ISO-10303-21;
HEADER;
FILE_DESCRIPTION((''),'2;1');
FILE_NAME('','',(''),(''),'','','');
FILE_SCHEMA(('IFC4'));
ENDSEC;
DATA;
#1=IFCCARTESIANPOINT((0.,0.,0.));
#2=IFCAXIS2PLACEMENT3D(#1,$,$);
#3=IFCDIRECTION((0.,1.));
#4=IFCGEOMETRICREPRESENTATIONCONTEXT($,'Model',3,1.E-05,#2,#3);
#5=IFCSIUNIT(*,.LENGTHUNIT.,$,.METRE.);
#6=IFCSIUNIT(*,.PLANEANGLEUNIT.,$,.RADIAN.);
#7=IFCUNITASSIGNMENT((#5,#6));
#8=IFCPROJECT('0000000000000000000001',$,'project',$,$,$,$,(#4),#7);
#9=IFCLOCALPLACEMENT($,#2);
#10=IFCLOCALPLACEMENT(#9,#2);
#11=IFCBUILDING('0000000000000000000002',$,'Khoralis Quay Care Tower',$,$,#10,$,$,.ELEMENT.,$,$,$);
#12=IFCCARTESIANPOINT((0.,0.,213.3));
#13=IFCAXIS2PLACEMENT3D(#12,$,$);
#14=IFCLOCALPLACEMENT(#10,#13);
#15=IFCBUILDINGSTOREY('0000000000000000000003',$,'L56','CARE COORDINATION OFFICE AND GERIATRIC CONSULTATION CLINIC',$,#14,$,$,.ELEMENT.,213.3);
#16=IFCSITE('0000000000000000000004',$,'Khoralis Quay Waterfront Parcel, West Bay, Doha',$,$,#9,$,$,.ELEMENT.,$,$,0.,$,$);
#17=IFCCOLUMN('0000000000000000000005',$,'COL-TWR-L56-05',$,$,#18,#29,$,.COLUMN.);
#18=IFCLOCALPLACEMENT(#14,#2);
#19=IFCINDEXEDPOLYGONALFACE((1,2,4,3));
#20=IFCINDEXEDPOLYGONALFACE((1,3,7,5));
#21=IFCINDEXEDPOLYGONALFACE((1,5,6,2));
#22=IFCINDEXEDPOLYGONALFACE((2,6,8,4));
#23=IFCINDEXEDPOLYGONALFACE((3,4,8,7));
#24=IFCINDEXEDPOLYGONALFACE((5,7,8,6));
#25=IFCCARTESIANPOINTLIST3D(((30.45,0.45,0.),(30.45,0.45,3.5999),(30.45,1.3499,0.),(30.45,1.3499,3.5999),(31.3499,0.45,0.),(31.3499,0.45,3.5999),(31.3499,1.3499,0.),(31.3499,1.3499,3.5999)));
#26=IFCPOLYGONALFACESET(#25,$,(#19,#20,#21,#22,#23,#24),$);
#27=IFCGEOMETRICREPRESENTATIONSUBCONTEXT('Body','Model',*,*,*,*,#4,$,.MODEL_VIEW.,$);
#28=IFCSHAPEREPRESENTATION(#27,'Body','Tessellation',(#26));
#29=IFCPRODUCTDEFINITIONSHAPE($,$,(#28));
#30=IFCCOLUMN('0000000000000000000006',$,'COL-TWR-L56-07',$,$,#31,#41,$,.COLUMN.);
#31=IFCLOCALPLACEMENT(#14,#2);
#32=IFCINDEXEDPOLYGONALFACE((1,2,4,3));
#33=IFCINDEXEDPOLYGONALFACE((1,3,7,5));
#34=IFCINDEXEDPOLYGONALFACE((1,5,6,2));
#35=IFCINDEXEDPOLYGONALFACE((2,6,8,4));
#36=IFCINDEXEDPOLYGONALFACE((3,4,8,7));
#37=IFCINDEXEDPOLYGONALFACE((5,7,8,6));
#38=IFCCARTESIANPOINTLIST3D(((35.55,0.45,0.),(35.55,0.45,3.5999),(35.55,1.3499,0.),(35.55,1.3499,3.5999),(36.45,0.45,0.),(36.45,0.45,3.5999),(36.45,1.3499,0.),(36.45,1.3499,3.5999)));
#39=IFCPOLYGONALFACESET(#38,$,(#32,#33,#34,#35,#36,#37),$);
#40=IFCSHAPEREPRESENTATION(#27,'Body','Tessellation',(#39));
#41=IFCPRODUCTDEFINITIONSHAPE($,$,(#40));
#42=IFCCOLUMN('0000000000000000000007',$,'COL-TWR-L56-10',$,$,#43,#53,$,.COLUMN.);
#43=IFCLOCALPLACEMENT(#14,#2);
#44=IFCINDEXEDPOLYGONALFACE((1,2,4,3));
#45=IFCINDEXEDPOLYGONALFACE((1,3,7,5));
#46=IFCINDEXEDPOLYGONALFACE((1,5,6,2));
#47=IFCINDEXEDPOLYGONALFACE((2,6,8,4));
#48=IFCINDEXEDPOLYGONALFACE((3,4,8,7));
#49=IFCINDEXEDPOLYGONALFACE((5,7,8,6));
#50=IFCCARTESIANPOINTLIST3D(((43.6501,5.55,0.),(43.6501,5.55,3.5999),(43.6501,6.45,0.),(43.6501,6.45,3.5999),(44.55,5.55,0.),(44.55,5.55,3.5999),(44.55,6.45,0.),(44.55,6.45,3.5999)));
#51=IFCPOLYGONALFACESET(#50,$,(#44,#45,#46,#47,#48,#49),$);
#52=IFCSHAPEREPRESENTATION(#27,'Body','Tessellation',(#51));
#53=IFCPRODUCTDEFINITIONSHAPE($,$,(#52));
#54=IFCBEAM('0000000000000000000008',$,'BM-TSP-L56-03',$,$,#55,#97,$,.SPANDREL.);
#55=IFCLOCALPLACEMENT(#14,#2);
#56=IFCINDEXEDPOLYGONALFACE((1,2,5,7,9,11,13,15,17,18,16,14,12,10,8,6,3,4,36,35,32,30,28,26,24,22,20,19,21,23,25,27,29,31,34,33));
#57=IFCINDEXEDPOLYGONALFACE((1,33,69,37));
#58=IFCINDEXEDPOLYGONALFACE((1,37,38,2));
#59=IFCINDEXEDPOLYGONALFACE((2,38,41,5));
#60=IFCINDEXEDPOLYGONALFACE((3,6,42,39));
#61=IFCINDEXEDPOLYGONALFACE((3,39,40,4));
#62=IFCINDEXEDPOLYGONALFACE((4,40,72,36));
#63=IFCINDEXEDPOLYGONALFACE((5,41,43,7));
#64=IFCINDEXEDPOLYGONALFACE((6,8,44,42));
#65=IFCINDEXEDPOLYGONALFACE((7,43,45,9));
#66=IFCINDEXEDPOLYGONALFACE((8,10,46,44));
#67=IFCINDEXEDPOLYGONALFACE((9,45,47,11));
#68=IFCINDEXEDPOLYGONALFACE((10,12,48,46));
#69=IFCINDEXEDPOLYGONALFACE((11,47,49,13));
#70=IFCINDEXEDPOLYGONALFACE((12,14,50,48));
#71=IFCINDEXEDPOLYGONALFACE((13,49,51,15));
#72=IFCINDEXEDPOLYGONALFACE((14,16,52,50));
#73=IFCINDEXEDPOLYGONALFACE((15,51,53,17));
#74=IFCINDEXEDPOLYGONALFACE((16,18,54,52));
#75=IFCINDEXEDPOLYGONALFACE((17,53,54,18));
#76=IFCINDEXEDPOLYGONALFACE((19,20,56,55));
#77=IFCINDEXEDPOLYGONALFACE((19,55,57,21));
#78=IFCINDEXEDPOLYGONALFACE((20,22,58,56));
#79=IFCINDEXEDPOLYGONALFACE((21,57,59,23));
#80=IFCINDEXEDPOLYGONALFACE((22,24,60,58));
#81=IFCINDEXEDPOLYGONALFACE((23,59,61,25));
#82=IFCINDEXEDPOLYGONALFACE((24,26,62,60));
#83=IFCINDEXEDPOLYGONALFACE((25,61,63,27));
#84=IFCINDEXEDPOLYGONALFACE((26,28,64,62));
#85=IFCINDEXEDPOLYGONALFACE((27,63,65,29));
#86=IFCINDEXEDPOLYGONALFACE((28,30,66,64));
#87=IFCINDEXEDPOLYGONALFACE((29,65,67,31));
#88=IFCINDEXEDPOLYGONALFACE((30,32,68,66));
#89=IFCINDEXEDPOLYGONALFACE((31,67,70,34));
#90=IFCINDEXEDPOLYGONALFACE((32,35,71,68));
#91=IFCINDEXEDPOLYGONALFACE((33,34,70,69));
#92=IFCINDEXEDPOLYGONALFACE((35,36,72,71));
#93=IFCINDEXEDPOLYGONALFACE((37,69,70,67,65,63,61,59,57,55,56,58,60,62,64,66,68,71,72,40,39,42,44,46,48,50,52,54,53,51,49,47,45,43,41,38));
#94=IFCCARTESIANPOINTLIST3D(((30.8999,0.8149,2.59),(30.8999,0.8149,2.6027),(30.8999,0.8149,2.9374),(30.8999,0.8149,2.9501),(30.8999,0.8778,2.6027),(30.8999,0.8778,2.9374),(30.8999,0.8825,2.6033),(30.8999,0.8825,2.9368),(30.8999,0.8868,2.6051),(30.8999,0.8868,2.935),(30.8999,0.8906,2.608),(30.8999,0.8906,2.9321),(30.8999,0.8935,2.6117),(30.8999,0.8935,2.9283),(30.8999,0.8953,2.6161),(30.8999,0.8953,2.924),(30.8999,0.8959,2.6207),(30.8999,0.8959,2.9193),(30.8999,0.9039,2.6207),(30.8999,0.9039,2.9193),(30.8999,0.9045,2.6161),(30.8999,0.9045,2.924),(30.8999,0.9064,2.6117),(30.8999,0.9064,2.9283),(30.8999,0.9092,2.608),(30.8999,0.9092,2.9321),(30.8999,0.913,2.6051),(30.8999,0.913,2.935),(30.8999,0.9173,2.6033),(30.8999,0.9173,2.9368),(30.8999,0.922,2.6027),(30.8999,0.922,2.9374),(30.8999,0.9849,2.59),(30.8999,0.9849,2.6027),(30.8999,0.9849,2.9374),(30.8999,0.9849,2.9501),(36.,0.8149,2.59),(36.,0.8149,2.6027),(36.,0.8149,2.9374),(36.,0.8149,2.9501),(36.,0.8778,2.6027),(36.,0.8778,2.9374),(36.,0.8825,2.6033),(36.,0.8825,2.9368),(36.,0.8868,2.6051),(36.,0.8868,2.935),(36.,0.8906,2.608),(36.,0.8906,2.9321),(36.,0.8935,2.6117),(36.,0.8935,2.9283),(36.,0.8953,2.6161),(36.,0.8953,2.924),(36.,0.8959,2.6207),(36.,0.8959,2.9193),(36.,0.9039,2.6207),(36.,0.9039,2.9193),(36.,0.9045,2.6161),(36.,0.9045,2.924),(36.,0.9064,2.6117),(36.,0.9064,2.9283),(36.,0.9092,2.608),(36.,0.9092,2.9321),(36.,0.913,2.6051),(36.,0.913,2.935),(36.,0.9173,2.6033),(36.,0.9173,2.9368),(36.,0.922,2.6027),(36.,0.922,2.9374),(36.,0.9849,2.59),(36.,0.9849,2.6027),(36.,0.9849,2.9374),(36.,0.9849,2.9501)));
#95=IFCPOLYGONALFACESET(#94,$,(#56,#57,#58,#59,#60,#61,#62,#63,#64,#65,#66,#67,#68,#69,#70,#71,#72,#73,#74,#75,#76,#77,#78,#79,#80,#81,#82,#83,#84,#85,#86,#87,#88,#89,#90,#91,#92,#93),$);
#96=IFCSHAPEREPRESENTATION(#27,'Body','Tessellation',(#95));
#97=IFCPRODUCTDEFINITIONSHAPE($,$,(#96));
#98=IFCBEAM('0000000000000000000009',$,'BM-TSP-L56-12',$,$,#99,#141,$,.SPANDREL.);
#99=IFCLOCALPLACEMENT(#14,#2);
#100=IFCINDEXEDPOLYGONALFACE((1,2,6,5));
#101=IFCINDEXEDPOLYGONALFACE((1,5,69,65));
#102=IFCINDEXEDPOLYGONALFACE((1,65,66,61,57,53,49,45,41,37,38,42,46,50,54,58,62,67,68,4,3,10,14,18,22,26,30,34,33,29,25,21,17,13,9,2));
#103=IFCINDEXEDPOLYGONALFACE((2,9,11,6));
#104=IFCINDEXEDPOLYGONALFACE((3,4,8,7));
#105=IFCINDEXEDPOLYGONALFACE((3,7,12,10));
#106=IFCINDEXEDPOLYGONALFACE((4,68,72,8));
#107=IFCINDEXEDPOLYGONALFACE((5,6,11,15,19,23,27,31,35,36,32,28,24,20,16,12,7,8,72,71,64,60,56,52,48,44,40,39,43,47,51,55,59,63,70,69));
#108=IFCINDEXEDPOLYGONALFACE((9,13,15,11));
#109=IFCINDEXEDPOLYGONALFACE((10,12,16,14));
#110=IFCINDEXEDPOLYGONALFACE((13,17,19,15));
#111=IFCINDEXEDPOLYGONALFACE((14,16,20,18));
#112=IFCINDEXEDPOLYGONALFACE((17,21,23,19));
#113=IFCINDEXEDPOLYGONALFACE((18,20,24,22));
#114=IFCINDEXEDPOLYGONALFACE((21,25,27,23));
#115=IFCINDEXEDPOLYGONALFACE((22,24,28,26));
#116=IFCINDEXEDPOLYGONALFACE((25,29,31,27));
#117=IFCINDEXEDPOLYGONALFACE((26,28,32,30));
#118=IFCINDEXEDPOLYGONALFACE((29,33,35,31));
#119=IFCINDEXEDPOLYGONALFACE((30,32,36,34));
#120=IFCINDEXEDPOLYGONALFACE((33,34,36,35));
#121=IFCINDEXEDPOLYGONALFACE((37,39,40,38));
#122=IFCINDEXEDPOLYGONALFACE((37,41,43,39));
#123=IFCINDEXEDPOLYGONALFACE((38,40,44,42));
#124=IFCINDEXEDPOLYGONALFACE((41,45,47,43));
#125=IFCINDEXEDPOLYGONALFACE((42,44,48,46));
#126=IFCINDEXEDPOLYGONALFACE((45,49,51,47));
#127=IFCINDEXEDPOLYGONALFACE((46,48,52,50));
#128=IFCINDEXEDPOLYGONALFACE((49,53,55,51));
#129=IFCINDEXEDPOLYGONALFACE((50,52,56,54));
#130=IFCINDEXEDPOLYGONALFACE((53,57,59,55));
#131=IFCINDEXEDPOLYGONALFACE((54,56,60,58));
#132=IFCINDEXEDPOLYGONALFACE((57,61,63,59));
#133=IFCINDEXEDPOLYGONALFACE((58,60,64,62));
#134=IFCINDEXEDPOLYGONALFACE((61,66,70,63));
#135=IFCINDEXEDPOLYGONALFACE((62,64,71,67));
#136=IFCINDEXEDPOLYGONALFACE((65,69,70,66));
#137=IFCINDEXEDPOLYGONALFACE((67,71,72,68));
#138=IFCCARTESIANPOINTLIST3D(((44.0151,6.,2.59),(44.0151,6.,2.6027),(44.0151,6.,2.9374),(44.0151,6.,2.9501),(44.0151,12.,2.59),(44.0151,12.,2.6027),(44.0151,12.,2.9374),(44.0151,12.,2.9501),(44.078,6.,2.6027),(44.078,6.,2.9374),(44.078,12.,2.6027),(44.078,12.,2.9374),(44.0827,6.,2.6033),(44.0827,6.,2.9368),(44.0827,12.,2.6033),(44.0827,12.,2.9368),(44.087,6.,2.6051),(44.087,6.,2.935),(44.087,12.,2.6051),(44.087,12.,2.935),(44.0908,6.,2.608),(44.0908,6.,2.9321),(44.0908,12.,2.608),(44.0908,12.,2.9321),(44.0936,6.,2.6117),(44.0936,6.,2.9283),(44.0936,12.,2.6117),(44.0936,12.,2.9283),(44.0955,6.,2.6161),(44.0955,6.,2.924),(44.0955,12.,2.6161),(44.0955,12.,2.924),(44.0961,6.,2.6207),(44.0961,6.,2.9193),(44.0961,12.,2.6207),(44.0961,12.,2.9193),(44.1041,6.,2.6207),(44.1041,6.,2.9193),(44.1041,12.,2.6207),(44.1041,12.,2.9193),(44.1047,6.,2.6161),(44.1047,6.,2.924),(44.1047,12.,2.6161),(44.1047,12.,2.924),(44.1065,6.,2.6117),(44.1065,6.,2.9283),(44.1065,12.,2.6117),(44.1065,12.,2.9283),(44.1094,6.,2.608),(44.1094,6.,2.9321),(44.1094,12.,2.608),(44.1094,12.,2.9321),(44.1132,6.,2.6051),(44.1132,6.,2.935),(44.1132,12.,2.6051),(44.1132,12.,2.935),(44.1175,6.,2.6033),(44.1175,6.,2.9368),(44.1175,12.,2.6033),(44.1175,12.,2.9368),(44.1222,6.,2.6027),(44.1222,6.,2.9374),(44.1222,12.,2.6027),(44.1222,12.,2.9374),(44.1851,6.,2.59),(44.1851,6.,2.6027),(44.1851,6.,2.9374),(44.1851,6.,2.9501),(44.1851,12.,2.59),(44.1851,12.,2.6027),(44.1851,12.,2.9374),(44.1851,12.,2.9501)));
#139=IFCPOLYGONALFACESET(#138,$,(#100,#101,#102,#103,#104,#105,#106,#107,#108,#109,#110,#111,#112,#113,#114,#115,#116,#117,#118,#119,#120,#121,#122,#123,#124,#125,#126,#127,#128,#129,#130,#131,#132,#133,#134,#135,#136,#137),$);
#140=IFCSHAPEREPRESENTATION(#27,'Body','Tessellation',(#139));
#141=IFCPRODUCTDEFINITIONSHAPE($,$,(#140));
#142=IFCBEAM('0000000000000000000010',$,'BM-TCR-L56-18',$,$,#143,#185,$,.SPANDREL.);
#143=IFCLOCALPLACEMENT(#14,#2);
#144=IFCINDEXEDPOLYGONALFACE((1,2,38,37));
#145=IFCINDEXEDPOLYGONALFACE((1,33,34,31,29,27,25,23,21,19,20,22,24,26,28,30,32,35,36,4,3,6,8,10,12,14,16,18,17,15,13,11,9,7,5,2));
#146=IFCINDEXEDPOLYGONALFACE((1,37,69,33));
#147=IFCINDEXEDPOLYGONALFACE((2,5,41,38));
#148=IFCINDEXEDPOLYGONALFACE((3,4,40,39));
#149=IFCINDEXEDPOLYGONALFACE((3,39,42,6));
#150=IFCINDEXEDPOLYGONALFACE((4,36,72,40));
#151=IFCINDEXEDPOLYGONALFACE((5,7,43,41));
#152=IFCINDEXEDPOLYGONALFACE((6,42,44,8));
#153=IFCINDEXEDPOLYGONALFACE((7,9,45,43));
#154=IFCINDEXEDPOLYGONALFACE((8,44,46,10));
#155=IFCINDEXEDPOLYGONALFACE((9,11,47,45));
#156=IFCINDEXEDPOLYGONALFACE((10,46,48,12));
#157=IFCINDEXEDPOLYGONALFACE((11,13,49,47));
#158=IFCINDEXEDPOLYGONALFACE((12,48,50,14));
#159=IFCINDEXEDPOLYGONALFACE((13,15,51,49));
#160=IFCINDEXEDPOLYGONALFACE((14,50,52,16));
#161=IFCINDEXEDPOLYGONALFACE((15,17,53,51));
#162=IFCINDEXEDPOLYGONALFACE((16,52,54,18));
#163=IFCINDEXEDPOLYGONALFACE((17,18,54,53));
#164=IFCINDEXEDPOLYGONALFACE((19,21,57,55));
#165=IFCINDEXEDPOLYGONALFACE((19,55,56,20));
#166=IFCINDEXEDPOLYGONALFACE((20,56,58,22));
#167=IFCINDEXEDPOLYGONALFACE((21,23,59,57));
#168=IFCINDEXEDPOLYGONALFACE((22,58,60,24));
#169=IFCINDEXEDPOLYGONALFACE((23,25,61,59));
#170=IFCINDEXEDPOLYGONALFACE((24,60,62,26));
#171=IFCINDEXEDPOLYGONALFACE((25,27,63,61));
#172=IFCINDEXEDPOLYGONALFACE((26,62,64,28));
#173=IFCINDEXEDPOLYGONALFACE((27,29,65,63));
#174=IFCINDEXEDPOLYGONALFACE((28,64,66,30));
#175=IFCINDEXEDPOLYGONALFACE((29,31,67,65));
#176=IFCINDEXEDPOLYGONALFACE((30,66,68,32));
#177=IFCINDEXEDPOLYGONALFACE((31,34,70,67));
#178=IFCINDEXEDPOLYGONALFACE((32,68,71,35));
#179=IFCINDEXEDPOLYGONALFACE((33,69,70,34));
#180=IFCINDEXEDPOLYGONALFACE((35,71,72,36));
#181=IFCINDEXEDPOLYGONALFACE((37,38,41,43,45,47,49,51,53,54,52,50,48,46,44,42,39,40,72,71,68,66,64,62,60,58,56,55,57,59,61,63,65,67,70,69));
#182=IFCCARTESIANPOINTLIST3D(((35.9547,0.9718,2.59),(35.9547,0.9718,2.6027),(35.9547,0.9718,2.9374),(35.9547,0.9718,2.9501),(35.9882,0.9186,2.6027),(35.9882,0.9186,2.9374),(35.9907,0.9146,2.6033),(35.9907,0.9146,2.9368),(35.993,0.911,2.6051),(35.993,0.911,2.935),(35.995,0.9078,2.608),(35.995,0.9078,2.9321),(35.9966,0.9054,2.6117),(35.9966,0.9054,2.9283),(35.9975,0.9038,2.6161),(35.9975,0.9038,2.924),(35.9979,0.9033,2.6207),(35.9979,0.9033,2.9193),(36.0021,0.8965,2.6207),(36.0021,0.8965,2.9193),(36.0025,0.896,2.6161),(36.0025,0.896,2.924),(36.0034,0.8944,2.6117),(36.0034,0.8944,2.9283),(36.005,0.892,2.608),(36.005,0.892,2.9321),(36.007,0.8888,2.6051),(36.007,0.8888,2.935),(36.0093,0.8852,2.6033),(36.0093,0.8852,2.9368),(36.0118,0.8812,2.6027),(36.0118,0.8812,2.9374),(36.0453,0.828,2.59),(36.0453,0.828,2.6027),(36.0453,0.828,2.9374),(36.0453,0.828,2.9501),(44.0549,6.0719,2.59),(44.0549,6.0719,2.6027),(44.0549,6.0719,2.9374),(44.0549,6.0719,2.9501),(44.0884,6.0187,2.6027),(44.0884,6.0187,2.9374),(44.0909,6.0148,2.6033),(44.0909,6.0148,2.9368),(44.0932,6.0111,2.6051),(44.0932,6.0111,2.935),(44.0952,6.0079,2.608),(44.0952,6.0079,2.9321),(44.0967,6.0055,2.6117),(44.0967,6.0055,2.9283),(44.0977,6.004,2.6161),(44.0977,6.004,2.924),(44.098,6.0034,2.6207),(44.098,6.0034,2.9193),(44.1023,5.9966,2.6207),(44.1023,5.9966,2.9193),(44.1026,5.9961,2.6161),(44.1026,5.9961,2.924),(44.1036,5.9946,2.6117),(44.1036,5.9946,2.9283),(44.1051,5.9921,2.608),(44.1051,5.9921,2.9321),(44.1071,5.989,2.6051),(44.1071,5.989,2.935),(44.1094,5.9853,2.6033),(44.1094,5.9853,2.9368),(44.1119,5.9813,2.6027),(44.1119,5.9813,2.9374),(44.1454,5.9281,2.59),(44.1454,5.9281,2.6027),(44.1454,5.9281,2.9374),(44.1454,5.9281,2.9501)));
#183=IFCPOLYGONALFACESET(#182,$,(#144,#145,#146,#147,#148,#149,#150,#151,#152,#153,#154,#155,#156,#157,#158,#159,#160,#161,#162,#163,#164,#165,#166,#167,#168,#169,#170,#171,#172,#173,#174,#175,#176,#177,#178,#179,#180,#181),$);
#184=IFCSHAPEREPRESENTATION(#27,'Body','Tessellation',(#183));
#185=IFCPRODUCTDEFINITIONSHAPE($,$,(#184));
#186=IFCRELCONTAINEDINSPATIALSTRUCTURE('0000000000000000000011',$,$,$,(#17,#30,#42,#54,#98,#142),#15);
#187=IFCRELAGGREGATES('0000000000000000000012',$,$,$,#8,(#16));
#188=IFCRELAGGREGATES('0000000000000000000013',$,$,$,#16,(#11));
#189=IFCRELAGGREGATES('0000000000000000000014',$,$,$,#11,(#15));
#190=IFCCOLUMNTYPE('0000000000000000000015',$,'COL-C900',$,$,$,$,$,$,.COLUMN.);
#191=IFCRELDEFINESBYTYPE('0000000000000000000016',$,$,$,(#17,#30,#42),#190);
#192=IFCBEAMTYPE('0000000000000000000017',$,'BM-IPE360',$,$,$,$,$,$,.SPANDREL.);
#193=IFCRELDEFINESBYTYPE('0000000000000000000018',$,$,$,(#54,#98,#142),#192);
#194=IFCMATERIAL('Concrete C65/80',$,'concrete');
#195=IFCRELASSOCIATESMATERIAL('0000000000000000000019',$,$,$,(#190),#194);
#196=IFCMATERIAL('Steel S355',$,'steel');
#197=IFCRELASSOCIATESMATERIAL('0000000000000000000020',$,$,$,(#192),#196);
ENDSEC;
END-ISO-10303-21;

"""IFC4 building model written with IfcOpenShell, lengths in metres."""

from ifc_helpers import new_model, si_unit, direction, frame, origin, origin_2d, place, context, subcontext, project, spatial, rectangle, i_section, extrude, source, transform, mapped, material, material_profile, profile_set, type_object, element, save


model = new_model("IFC4")

# Units and contexts
model_context = context("Model", 3, precision=1e-05, world=origin(), true_north=direction((0.0, 1.0)))
body_context = subcontext(model_context, "Body", "Model", "MODEL_VIEW")
ifc_project = project(units=[si_unit("LENGTHUNIT", "METRE"), si_unit("PLANEANGLEUNIT", "RADIAN")], contexts=[model_context])

# Site, building, storey
site_placement = place(None, origin())
site = spatial("IfcSite", under=ifc_project, at=site_placement, Name="Khoralis Quay Waterfront Parcel, West Bay, Doha", CompositionType="ELEMENT", RefElevation=0.0)
building_placement = place(site_placement, origin())
building = spatial("IfcBuilding", under=site, at=building_placement, Name="Khoralis Quay Care Tower", CompositionType="ELEMENT")
storey_placement = place(building_placement, frame((0.0, 0.0, 213.3)))
storey = spatial("IfcBuildingStorey", under=building, at=storey_placement, Name="L56", Description="CARE COORDINATION OFFICE AND GERIATRIC CONSULTATION CLINIC", CompositionType="ELEMENT", Elevation=213.3)

# Columns
ifc_material_1 = material(Name="Concrete C65/80", Category="concrete")
ifc_material_profile_1 = material_profile(ifc_material_1, rectangle(XDim=0.8999, YDim=0.8999, at=origin_2d()), Name="Concrete C65/80")
ifc_profile_set_1 = profile_set([ifc_material_profile_1], Name="Concrete C65/80")
column_type = type_object("IfcColumnType", Name="COL-C900", PredefinedType="COLUMN", material=ifc_profile_set_1)
shared_shape_1 = source(origin(), body_context, "Body", "SweptSolid", [
    extrude(rectangle(XDim=0.8999, YDim=0.8999, at=origin_2d()), origin(), (0.0, 0.0, 1.0), 3.5999),
])
for number, where, z_axis, x_axis, name in (
    (1, (30.8999, 0.8999, 0.0), (0.0, 0.0, 1.0), (1.0, 0.0, 0.0), "COL-TWR-L56-05"),
    (2, (36.0, 0.8999, 0.0), (0.0, 0.0, 1.0), (1.0, 0.0, 0.0), "COL-TWR-L56-07"),
    (3, (44.1001, 6.0, 0.0), (0.0, 0.0, 1.0), (1.0, 0.0, 0.0), "COL-TWR-L56-10"),
):
    element("IfcColumn", number, at=place(storey_placement, frame(where, z_axis=z_axis, x_axis=x_axis)), inside=storey, type_object=column_type, Name=name, PredefinedType="COLUMN", context=body_context, shape_type="MappedRepresentation", body=[
        mapped(shared_shape_1, transform((0.0, 0.0, 0.0), scale=1.0)),
    ])

# Beams
ifc_material_2 = material(Name="Steel S355", Category="steel")
ifc_material_profile_2 = material_profile(ifc_material_2, i_section(OverallWidth=0.1699, OverallDepth=0.3601, WebThickness=0.0081, FlangeThickness=0.0127, FilletRadius=0.0181, at=origin_2d()), Name="Steel S355")
ifc_profile_set_2 = profile_set([ifc_material_profile_2], Name="Steel S355")
beam_type_1 = type_object("IfcBeamType", Name="BM-IPE360", PredefinedType="SPANDREL", material=ifc_profile_set_2)
shared_shape_2 = source(origin(), body_context, "Body", "SweptSolid", [
    extrude(i_section(OverallWidth=0.1699, OverallDepth=0.3601, WebThickness=0.0081, FlangeThickness=0.0127, FilletRadius=0.0181, at=origin_2d()), origin(), (0.0, 0.0, 1.0), 5.1001),
])
beam_1_placement = place(storey_placement, frame((30.8999, 0.8999, 2.77), z_axis=(1.0, 0.0, 0.0), x_axis=(0.0, 1.0, 0.0)))
element("IfcBeam", 4, at=beam_1_placement, inside=storey, type_object=beam_type_1, Name="BM-TSP-L56-03", PredefinedType="SPANDREL", context=body_context, shape_type="MappedRepresentation", body=[
    mapped(shared_shape_2, transform((0.0, 0.0, 0.0), scale=1.0)),
])
shared_shape_3 = source(origin(), body_context, "Body", "SweptSolid", [
    extrude(i_section(OverallWidth=0.1699, OverallDepth=0.3601, WebThickness=0.0081, FlangeThickness=0.0127, FilletRadius=0.0181, at=origin_2d()), origin(), (0.0, 0.0, 1.0), 6.0),
])
beam_2_placement = place(storey_placement, frame((44.1001, 6.0, 2.77), z_axis=(0.0, 1.0, 0.0), x_axis=(-1.0, 0.0, 0.0)))
element("IfcBeam", 5, at=beam_2_placement, inside=storey, type_object=beam_type_1, Name="BM-TSP-L56-12", PredefinedType="SPANDREL", context=body_context, shape_type="MappedRepresentation", body=[
    mapped(shared_shape_3, transform((0.0, 0.0, 0.0), scale=1.0)),
])
shared_shape_4 = source(origin(), body_context, "Body", "SweptSolid", [
    extrude(i_section(OverallWidth=0.1699, OverallDepth=0.3601, WebThickness=0.0081, FlangeThickness=0.0127, FilletRadius=0.0181, at=origin_2d()), origin(), (0.0, 0.0, 1.0), 9.572),
])
beam_3_placement = place(storey_placement, frame((36.0, 0.8999, 2.77), z_axis=(0.846231, 0.532816, 0.0), x_axis=(-0.532816, 0.846231, 0.0)))
element("IfcBeam", 6, at=beam_3_placement, inside=storey, type_object=beam_type_1, Name="BM-TCR-L56-18", PredefinedType="SPANDREL", context=body_context, shape_type="MappedRepresentation", body=[
    mapped(shared_shape_4, transform((0.0, 0.0, 0.0), scale=1.0)),
])

save(model, "model.ifc")
